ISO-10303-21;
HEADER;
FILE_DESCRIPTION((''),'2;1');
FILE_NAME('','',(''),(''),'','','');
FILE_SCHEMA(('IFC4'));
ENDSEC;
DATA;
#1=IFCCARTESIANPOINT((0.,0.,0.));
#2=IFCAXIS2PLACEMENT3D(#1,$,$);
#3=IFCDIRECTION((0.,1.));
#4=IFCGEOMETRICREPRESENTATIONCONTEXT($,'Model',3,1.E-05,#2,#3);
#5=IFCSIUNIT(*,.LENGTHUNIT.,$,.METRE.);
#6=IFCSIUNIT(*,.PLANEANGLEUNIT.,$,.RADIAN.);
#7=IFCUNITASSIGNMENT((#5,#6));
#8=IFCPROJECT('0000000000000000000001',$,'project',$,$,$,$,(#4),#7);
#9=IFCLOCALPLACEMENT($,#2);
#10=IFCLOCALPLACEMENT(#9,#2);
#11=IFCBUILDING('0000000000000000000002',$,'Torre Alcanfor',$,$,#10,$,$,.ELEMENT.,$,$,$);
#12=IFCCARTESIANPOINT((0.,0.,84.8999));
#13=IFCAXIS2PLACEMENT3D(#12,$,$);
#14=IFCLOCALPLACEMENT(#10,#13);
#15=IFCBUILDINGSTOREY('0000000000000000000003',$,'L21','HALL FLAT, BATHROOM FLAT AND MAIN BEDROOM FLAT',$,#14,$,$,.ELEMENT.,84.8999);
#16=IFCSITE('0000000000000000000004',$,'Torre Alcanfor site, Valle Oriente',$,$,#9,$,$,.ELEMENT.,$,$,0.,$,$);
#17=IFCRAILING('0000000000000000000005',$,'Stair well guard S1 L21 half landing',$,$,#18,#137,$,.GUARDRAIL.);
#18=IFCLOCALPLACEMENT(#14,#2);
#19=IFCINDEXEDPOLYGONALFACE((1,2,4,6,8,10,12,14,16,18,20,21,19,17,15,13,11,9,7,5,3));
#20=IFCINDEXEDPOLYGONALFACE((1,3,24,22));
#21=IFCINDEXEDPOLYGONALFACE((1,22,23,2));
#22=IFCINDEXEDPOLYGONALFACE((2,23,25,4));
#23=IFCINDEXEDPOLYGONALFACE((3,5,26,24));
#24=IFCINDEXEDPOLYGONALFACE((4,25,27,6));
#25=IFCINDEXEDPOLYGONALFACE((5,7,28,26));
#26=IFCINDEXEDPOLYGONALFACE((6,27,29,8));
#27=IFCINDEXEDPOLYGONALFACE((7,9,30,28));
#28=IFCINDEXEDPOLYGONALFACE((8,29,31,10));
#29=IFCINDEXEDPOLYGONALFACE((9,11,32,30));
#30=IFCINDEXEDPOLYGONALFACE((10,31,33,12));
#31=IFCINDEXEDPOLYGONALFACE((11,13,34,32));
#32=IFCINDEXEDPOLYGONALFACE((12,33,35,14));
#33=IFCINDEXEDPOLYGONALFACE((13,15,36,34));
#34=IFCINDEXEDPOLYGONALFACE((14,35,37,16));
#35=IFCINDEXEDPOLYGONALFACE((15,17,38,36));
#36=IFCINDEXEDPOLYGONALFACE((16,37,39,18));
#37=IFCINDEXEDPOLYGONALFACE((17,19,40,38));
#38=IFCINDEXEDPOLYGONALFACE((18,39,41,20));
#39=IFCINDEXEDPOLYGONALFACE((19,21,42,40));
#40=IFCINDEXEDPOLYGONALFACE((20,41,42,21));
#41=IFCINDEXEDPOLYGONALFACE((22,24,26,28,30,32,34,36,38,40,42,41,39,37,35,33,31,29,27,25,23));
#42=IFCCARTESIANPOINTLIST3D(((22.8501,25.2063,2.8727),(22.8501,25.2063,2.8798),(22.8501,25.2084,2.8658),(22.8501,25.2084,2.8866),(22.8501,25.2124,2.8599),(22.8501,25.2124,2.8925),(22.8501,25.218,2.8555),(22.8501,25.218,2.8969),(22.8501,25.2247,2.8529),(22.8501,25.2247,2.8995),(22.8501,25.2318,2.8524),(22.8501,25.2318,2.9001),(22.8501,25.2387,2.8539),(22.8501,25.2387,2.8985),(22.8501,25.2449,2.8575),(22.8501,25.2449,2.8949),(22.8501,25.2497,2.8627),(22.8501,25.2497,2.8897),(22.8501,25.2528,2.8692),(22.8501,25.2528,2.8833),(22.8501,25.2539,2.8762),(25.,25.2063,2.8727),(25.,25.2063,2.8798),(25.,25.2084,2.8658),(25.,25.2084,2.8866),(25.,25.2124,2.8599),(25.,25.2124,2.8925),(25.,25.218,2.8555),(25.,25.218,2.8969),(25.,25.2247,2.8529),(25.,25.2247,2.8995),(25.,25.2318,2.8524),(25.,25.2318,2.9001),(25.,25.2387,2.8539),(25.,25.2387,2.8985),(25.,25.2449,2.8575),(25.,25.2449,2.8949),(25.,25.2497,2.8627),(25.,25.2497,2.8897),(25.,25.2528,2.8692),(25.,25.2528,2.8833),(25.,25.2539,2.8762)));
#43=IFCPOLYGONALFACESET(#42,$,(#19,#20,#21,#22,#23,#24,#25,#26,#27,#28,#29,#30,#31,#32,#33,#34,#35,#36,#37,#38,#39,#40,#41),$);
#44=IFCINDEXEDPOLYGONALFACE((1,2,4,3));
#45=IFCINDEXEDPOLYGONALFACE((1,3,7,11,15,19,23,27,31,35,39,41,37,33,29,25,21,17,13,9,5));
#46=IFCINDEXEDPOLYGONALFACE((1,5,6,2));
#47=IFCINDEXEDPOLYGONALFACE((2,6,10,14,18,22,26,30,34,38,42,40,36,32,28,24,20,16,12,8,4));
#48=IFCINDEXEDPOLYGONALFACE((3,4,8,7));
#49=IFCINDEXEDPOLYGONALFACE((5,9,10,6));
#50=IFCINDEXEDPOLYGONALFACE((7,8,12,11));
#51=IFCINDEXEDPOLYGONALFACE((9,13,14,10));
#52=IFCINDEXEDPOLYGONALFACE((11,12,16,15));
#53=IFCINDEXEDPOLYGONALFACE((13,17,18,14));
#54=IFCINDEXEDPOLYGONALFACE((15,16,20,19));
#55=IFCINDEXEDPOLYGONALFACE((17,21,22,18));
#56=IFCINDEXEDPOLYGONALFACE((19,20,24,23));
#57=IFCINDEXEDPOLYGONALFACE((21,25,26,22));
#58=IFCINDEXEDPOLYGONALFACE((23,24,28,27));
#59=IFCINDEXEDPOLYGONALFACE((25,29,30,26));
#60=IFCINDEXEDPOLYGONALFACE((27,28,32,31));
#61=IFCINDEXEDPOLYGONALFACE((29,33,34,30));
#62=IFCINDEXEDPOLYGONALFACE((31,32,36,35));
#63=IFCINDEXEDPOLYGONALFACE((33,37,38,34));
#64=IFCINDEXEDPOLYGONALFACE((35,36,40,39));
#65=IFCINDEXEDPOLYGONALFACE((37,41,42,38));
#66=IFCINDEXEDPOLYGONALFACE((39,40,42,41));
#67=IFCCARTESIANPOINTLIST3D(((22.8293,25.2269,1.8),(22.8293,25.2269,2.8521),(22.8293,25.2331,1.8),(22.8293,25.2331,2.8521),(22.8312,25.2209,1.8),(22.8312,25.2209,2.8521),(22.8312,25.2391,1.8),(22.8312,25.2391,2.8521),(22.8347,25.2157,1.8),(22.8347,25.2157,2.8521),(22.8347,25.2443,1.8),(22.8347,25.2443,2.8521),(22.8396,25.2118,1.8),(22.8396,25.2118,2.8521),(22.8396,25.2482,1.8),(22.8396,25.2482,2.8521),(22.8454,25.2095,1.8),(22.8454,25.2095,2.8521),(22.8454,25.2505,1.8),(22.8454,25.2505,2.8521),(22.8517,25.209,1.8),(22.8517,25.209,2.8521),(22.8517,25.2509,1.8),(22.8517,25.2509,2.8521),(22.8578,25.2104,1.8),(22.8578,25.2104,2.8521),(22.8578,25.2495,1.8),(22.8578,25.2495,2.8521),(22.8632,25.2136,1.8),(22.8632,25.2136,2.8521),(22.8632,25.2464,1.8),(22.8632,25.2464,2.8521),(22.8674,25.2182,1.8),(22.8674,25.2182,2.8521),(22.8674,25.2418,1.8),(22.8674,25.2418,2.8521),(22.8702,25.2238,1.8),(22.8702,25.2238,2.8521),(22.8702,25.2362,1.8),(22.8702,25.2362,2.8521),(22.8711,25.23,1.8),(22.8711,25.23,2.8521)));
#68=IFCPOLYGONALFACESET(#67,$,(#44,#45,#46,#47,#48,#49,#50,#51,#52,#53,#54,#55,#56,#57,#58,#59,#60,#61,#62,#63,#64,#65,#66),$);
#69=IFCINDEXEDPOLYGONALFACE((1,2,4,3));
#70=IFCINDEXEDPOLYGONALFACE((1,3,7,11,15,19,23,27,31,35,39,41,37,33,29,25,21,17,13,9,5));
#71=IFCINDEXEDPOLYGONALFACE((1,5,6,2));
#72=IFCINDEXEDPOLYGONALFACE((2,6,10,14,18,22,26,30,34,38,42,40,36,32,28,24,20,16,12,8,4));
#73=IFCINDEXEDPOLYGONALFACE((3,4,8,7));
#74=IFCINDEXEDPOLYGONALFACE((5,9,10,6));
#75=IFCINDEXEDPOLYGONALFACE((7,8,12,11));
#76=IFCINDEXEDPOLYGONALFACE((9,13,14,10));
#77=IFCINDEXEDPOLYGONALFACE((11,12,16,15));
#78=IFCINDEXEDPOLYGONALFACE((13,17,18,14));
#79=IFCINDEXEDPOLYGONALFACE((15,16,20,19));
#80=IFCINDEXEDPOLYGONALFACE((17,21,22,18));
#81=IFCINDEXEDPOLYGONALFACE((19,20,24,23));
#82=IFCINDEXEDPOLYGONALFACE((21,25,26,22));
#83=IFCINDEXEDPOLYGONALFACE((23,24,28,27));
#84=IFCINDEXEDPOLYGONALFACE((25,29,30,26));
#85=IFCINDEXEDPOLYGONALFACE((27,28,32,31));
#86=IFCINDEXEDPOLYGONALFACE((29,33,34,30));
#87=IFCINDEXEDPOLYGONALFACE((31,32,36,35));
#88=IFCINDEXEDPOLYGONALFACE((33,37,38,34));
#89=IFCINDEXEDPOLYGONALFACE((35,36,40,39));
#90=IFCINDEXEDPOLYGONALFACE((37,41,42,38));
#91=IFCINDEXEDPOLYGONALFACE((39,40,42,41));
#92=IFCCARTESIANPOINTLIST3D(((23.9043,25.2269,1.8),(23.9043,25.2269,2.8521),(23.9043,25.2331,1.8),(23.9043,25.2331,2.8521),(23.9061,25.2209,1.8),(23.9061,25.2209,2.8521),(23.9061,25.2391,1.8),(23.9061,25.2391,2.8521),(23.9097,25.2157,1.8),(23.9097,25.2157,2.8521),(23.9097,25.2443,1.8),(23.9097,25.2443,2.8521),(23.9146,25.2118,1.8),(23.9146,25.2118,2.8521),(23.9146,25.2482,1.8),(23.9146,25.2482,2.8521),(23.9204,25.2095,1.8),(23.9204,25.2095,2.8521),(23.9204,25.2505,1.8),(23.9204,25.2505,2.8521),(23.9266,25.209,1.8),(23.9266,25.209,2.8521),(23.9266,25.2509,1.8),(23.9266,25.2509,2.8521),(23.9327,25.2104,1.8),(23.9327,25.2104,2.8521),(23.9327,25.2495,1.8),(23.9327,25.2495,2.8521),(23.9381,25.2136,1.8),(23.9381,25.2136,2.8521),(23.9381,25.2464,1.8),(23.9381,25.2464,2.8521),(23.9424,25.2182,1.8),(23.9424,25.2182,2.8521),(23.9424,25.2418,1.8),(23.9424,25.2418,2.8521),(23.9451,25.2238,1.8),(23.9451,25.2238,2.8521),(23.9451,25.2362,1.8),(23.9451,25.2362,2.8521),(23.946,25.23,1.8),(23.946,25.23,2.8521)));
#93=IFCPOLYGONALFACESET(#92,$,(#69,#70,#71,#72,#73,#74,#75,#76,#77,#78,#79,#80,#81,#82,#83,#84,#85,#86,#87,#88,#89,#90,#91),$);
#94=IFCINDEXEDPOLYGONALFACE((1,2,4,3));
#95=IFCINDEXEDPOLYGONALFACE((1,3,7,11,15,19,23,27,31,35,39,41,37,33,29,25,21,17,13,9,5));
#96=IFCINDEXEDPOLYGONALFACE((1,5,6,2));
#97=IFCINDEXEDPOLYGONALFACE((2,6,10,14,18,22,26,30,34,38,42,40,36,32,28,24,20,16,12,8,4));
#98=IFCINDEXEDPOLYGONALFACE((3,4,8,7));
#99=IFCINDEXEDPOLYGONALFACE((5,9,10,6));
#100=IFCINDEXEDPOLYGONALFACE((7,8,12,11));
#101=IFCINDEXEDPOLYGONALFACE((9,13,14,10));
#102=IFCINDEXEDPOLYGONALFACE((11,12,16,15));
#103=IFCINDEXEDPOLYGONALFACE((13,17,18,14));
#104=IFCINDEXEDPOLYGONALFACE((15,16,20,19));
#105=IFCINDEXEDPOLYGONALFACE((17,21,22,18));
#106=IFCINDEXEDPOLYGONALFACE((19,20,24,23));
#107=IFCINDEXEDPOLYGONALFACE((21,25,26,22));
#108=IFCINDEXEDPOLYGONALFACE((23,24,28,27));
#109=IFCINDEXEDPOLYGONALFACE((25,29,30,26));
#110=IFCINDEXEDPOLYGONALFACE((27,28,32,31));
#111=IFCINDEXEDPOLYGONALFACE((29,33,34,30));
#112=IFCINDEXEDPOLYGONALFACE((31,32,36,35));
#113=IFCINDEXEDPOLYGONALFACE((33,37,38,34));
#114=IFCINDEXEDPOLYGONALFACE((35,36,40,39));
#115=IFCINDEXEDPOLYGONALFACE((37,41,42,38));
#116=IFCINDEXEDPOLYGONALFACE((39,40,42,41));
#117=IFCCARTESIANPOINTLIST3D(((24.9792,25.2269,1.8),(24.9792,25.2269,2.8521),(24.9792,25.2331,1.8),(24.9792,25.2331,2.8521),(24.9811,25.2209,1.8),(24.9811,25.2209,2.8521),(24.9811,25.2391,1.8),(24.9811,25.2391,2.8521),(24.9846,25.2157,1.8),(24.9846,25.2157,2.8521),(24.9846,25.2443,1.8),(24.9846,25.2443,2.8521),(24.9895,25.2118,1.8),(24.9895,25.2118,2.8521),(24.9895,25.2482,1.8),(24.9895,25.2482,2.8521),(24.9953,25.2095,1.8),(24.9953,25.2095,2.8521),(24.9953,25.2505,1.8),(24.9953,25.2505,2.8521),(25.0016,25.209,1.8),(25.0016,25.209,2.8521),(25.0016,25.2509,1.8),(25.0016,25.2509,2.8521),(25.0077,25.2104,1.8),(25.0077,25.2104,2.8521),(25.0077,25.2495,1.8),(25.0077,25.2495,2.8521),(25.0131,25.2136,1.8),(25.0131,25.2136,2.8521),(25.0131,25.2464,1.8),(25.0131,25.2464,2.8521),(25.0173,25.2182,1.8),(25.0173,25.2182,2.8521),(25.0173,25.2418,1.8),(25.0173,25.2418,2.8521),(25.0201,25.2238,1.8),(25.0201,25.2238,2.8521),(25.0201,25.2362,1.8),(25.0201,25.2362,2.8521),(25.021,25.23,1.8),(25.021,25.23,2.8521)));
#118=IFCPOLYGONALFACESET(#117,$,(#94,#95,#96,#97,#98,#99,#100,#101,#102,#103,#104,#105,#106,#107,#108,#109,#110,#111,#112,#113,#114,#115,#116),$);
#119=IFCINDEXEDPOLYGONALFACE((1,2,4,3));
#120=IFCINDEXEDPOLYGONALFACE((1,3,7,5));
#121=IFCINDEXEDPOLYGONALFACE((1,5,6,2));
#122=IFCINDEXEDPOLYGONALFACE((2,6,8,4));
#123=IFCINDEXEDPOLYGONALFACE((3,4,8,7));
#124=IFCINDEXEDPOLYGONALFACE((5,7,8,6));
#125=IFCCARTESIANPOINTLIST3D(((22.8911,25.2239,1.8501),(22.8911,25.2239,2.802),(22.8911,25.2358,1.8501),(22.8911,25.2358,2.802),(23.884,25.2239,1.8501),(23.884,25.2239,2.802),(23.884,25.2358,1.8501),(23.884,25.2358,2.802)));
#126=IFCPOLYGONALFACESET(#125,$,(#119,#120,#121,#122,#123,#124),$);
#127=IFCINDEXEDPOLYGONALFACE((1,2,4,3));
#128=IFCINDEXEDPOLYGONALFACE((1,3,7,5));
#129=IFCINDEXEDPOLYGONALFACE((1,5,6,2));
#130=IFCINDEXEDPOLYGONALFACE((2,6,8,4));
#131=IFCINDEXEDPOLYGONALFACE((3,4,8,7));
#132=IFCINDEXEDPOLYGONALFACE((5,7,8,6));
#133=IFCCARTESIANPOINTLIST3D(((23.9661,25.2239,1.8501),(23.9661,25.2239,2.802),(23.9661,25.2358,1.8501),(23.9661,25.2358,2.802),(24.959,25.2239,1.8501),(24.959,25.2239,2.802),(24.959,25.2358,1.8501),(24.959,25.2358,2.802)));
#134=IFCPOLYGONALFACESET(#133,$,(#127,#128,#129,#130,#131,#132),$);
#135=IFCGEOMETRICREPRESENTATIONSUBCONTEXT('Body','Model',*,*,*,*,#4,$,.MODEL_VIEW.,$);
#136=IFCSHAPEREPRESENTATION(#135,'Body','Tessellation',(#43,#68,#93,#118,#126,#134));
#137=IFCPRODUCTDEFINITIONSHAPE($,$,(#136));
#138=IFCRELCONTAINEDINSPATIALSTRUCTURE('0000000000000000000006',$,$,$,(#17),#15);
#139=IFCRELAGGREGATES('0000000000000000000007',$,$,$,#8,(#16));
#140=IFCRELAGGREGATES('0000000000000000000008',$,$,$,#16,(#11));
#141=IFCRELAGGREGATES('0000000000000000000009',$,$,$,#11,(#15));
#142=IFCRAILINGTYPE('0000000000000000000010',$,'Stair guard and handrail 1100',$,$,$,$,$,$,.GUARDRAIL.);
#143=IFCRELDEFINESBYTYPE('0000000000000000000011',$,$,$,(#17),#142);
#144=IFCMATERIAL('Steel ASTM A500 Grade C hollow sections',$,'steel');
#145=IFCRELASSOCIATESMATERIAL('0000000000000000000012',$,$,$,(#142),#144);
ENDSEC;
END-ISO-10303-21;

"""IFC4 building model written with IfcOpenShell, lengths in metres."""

from ifc_helpers import new_model, si_unit, direction, frame, origin, origin_2d, place, context, subcontext, project, spatial, polyline, circle, outline, extrude, material, type_object, element, save


model = new_model("IFC4")

# Units and contexts
model_context = context("Model", 3, precision=1e-05, world=origin(), true_north=direction((0.0, 1.0)))
body_context = subcontext(model_context, "Body", "Model", "MODEL_VIEW")
ifc_project = project(units=[si_unit("LENGTHUNIT", "METRE"), si_unit("PLANEANGLEUNIT", "RADIAN")], contexts=[model_context])

# Site, building, storey
site_placement = place(None, origin())
site = spatial("IfcSite", under=ifc_project, at=site_placement, Name="Torre Alcanfor site, Valle Oriente", CompositionType="ELEMENT", RefElevation=0.0)
building_placement = place(site_placement, origin())
building = spatial("IfcBuilding", under=site, at=building_placement, Name="Torre Alcanfor", CompositionType="ELEMENT")
storey_placement = place(building_placement, frame((0.0, 0.0, 84.8999)))
storey = spatial("IfcBuildingStorey", under=building, at=storey_placement, Name="L21", Description="HALL FLAT, BATHROOM FLAT AND MAIN BEDROOM FLAT", CompositionType="ELEMENT", Elevation=84.8999)

# Railing
ifc_material_1 = material(Name="Steel ASTM A500 Grade C hollow sections", Category="steel")
railing_type_1 = type_object("IfcRailingType", Name="Stair guard and handrail 1100", PredefinedType="GUARDRAIL", material=ifc_material_1)
railing_1_placement = place(storey_placement, frame((22.8501, 25.23, 1.8)))
element("IfcRailing", 1, at=railing_1_placement, inside=storey, type_object=railing_type_1, Name="Stair well guard S1 L21 half landing", PredefinedType="GUARDRAIL", context=body_context, shape_type="SweptSolid", body=[
    extrude(circle(Radius=0.0239, at=origin_2d()), frame((0.0, 0.0, 1.0762), z_axis=(1.0, 0.0, 0.0), x_axis=(0.0, 1.0, 0.0)), (0.0, 0.0, 1.0), 2.1499),
    extrude(circle(Radius=0.021, at=origin_2d()), origin(), (0.0, 0.0, 1.0), 1.052),
    extrude(circle(Radius=0.021, at=origin_2d()), frame((1.075, 0.0, 0.0)), (0.0, 0.0, 1.0), 1.052),
    extrude(circle(Radius=0.021, at=origin_2d()), frame((2.1499, 0.0, 0.0)), (0.0, 0.0, 1.0), 1.052),
    extrude(outline(polyline([(0.041, 0.05), (1.0339, 0.05), (1.0339, 1.002), (0.041, 1.002), (0.041, 0.05)])), frame((0.0, 0.0059, 0.0), z_axis=(0.0, -1.0, 0.0), x_axis=(1.0, 0.0, 0.0)), (0.0, 0.0, 1.0), 0.012),
    extrude(outline(polyline([(1.116, 0.05), (2.1089, 0.05), (2.1089, 1.002), (1.116, 1.002), (1.116, 0.05)])), frame((0.0, 0.0059, 0.0), z_axis=(0.0, -1.0, 0.0), x_axis=(1.0, 0.0, 0.0)), (0.0, 0.0, 1.0), 0.012),
])

save(model, "model.ifc")
